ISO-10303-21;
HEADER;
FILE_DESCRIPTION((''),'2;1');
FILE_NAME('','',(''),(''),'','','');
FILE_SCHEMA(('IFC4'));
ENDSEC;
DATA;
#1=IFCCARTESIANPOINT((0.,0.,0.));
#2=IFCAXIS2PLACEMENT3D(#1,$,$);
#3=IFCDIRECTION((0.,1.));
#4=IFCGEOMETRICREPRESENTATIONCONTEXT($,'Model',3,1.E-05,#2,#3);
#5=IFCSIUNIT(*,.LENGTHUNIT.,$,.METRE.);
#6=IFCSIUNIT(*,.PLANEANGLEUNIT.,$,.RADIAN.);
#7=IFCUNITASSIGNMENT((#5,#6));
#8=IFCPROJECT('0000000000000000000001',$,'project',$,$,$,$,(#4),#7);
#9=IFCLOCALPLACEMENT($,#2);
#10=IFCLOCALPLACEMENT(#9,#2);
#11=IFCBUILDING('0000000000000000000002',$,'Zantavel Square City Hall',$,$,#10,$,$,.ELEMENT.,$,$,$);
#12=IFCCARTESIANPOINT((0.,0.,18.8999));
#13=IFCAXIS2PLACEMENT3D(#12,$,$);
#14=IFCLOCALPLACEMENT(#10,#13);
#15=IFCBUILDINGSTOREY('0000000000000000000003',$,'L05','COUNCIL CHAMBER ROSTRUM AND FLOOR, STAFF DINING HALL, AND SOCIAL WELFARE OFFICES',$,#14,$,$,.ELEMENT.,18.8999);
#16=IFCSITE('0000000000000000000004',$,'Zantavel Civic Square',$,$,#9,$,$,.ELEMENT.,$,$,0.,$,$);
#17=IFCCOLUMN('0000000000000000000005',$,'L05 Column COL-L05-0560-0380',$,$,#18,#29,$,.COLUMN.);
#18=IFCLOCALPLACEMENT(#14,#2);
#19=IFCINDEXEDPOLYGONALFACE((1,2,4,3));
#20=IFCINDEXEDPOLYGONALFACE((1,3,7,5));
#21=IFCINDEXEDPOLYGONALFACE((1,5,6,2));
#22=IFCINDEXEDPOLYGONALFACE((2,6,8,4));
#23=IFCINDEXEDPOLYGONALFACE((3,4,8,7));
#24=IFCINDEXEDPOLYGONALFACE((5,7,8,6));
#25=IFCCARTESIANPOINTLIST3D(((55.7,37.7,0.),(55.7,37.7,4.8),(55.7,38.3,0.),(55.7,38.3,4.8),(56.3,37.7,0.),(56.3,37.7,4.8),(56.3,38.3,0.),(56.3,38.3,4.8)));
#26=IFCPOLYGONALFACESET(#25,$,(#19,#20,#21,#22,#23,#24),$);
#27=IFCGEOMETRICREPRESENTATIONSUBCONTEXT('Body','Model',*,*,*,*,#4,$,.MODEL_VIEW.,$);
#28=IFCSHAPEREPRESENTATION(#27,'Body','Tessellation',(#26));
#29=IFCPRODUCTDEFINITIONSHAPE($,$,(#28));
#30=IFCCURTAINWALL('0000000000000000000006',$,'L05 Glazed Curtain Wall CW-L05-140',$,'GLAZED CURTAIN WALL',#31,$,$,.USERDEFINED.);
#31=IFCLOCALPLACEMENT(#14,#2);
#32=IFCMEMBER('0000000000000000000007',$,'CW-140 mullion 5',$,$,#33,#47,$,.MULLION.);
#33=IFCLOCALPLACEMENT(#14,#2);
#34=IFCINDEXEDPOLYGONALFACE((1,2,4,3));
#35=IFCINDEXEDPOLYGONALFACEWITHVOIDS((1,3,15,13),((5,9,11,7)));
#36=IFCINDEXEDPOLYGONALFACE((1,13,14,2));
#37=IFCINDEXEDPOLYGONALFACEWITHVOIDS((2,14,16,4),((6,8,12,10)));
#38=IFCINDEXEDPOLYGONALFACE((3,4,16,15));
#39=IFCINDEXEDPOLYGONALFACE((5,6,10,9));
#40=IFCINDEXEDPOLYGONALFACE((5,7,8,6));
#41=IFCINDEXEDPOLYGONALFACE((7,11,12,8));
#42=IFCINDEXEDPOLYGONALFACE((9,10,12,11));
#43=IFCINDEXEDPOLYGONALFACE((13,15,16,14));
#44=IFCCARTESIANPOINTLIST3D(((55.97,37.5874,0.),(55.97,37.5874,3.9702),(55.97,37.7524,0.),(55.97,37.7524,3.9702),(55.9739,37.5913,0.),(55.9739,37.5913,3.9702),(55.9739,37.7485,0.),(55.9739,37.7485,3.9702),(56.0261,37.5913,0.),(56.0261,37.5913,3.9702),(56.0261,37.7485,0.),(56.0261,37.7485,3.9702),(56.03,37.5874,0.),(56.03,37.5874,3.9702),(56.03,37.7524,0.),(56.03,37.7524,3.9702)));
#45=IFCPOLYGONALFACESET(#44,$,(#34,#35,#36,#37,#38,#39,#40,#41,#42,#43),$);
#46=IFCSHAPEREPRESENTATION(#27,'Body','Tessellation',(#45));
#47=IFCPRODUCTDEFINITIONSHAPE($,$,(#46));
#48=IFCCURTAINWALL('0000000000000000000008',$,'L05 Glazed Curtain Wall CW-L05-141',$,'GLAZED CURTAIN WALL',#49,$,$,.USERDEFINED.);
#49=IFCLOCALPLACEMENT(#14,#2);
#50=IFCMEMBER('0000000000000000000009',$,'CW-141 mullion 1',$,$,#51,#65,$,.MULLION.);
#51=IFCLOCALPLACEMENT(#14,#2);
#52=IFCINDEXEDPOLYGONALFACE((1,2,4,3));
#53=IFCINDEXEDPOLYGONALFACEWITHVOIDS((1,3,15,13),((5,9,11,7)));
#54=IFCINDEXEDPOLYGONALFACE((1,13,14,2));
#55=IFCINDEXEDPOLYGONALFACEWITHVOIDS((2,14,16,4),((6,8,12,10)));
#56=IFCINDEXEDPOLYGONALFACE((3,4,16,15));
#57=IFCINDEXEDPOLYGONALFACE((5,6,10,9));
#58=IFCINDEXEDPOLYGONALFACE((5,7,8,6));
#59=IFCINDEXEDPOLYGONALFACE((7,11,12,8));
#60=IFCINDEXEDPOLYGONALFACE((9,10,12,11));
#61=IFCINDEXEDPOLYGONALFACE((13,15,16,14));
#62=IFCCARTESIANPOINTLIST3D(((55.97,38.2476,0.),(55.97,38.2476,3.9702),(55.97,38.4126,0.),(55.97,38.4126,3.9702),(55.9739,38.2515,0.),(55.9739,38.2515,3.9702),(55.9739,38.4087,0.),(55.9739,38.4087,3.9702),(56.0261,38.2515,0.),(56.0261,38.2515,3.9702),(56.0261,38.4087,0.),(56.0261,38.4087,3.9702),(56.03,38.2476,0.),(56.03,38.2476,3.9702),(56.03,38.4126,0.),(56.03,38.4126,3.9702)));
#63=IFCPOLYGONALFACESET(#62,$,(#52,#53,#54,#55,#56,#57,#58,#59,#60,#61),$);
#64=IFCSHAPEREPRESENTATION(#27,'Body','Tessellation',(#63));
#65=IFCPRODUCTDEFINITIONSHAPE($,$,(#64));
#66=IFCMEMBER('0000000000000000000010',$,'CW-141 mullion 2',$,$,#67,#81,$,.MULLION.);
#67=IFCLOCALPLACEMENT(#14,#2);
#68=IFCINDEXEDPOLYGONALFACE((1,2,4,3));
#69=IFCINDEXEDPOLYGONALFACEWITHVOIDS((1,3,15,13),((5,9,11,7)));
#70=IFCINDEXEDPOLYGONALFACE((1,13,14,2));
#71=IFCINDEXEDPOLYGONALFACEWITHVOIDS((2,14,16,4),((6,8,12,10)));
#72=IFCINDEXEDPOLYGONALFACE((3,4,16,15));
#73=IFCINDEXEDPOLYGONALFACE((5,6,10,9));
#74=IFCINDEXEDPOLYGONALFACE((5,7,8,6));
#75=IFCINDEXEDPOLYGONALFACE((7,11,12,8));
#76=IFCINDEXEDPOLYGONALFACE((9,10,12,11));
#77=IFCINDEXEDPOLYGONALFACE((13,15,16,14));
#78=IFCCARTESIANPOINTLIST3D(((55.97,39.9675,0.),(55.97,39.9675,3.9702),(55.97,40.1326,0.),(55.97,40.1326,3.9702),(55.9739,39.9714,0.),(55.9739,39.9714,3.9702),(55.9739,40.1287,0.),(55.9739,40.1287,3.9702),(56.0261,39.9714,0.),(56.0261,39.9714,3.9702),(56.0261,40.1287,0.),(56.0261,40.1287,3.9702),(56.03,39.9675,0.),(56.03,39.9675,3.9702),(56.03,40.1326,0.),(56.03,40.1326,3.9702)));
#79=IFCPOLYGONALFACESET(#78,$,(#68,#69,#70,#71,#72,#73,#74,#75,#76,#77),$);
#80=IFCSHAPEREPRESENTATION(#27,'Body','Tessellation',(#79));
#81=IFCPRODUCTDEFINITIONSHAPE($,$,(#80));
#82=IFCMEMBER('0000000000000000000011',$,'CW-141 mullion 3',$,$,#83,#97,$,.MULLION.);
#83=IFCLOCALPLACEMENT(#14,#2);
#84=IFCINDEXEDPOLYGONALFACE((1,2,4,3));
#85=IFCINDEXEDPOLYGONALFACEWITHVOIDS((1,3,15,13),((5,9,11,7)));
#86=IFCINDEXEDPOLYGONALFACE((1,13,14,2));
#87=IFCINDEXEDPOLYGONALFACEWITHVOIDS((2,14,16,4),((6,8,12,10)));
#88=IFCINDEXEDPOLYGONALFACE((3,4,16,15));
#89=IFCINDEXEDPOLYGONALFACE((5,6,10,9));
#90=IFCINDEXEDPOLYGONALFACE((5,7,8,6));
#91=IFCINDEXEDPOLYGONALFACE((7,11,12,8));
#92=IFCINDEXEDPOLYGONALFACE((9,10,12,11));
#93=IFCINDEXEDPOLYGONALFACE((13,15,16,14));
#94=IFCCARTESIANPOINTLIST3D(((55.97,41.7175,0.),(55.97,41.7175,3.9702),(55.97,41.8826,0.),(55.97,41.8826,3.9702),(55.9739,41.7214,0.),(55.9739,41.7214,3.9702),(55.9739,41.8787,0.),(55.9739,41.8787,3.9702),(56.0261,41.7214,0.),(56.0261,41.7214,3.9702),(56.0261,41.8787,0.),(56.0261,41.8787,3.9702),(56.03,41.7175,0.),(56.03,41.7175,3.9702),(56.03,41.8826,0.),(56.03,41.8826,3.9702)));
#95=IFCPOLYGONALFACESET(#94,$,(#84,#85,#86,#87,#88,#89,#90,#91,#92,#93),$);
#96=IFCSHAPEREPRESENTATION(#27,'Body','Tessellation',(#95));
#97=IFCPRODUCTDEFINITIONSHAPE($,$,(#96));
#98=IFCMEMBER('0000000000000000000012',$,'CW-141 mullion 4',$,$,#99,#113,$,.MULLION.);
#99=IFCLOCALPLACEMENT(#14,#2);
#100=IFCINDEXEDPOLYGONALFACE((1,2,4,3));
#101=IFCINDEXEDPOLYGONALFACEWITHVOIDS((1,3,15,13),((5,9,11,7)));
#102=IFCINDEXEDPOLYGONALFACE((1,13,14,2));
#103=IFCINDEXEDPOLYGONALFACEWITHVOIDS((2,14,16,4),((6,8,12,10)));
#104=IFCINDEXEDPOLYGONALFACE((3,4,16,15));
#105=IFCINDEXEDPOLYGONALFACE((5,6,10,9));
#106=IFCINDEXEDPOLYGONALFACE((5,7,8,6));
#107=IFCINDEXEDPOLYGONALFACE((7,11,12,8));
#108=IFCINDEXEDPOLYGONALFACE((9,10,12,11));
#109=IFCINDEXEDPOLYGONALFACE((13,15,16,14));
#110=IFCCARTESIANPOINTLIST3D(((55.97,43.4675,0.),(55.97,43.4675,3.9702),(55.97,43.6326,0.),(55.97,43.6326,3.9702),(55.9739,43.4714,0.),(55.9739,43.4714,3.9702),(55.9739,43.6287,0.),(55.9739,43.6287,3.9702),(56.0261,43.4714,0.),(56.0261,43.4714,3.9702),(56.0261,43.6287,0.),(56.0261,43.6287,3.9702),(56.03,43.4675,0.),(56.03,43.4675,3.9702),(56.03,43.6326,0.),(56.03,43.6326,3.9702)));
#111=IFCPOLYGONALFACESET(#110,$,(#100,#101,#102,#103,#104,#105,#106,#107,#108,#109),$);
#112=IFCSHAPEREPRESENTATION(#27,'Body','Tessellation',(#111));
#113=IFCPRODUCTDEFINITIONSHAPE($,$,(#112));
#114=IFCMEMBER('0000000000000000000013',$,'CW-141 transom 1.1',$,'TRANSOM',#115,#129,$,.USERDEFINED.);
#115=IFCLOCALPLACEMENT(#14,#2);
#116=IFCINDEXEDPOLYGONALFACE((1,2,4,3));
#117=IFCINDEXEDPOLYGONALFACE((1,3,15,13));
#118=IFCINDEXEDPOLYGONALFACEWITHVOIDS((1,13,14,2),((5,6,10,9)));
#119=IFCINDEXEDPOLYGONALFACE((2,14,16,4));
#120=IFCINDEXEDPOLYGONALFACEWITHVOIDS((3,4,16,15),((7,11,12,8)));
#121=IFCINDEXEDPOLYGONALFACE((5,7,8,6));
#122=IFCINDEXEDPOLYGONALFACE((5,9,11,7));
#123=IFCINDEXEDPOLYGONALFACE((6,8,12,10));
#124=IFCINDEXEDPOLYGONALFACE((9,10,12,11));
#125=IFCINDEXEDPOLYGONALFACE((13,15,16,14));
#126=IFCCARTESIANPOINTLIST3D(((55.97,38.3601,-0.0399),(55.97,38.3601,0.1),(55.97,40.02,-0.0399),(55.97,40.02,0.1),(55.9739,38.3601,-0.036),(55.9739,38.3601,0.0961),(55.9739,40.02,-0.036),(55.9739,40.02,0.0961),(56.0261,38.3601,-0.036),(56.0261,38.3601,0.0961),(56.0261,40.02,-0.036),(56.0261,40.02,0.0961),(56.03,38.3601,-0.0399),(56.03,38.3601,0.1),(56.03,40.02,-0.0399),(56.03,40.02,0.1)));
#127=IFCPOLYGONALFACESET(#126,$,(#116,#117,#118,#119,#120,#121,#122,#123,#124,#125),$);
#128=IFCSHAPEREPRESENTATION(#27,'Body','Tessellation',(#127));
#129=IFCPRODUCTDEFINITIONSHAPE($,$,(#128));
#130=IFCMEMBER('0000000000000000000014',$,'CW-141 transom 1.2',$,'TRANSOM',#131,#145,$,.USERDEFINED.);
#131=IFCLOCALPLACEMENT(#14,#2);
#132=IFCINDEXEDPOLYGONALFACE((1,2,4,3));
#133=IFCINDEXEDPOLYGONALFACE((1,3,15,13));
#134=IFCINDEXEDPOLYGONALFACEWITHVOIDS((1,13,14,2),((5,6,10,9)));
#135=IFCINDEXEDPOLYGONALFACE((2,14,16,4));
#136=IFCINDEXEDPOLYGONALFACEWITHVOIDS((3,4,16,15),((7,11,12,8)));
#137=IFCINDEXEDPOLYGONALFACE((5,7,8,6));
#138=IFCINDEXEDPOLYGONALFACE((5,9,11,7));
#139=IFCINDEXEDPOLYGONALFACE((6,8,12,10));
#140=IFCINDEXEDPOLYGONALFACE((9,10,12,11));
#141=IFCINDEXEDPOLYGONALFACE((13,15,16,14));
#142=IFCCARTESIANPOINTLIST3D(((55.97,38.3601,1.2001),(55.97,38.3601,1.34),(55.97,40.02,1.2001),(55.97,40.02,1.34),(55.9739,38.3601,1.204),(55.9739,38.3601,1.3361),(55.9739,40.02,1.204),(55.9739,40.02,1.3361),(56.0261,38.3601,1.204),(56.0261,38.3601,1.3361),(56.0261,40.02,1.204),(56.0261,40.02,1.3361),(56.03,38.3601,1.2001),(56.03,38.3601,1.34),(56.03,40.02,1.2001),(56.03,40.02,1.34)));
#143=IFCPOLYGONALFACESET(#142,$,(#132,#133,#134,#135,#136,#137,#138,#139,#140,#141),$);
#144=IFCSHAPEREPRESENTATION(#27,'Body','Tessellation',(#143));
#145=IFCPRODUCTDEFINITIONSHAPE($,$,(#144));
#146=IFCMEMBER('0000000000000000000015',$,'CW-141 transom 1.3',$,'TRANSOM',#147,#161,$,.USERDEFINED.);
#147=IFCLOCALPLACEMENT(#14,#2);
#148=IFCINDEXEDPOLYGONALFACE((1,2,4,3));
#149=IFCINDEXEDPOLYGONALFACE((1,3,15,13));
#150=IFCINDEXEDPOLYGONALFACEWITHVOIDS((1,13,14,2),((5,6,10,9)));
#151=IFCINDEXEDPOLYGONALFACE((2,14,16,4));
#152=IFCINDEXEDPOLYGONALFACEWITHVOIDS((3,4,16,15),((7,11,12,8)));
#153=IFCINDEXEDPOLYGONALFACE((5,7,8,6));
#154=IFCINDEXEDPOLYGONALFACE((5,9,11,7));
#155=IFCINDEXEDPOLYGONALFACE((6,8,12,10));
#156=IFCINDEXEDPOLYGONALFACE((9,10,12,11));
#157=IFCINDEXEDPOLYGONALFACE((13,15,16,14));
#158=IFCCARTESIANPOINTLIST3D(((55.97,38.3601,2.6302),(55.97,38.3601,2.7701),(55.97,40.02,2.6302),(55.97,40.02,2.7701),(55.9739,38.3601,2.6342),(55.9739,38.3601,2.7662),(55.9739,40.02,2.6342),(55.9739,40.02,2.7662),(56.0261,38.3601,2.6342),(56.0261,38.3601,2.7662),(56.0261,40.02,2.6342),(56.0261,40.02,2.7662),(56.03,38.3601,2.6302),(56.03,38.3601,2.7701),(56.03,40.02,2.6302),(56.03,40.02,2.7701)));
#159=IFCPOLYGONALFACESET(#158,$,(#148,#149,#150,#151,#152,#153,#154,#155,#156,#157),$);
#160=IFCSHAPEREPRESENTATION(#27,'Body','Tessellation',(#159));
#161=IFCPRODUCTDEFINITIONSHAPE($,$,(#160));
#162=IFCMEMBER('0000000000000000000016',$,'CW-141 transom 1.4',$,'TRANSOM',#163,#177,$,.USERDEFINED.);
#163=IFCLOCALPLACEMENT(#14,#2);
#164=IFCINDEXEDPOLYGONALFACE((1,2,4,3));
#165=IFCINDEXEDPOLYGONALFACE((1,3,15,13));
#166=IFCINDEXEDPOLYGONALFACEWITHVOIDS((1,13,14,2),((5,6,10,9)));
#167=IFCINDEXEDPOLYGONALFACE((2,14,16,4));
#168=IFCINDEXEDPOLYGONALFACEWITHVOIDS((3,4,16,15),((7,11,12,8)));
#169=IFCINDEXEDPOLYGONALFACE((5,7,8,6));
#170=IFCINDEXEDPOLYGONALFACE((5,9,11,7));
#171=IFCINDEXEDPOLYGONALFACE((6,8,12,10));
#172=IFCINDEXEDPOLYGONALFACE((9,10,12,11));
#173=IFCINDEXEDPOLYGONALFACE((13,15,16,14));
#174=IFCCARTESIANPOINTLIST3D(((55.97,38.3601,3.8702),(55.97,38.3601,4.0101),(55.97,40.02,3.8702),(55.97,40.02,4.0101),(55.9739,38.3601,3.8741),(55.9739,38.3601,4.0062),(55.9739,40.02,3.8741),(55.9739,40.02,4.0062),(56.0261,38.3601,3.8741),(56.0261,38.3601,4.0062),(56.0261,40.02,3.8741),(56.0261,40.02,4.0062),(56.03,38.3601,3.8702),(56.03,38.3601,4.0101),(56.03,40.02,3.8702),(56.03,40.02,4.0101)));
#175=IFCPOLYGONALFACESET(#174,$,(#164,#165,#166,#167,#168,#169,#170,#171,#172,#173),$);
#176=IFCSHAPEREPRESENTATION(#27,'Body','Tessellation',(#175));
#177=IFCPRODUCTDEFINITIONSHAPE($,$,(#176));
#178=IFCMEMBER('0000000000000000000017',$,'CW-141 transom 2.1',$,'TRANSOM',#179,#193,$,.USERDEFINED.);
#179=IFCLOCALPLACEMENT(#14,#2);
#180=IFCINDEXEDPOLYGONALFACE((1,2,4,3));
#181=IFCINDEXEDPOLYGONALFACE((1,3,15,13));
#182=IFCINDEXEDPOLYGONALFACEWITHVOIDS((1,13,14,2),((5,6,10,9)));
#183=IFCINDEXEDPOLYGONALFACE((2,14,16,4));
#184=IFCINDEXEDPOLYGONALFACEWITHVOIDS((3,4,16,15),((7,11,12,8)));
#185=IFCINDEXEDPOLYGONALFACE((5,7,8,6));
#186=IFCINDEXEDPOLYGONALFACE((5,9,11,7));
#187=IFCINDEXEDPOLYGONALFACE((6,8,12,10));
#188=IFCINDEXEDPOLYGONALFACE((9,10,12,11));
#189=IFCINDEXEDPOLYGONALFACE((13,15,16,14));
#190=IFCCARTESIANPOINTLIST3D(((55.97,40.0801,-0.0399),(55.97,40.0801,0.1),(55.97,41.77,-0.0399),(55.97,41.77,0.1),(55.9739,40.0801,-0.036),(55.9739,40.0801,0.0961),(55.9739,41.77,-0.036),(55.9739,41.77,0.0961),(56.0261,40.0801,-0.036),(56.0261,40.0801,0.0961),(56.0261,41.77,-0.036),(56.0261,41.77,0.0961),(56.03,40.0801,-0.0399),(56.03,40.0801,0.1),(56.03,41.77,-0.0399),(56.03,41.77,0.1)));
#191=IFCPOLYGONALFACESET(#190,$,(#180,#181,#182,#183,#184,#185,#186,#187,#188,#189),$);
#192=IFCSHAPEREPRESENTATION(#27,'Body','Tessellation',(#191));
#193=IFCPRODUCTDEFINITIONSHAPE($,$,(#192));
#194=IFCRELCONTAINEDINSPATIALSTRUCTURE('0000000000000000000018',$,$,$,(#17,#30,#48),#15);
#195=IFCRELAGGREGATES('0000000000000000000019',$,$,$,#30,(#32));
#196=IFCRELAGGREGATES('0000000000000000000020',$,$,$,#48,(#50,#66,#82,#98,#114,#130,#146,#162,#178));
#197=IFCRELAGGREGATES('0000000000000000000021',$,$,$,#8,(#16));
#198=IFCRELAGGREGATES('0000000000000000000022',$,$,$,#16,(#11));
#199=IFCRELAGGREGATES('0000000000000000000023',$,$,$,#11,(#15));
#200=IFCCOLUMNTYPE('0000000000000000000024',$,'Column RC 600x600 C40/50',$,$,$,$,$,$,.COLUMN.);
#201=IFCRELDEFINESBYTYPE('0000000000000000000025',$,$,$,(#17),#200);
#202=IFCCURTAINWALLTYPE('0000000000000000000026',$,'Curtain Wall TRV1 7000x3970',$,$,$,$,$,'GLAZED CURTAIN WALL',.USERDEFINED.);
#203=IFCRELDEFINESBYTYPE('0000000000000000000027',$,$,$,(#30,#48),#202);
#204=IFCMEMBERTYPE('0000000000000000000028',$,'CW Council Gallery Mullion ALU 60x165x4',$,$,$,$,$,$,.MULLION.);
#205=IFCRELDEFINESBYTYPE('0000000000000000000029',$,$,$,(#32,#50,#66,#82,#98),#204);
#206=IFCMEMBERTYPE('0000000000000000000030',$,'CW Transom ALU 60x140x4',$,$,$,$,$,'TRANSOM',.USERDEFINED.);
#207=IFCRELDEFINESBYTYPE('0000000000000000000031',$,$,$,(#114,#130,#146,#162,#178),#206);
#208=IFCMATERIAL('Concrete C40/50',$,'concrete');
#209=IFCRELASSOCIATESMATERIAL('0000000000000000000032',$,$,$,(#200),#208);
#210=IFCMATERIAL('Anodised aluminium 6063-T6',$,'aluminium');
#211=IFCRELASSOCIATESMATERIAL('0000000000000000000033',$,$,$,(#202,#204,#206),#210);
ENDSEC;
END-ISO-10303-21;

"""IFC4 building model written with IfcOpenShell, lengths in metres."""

from ifc_helpers import new_model, si_unit, direction, frame, origin, origin_2d, place, context, subcontext, project, spatial, rectangle, hollow_rectangle, extrude, material, material_profile, profile_set, type_object, element, aggregate, save


model = new_model("IFC4")

# Units and contexts
model_context = context("Model", 3, precision=1e-05, world=origin(), true_north=direction((0.0, 1.0)))
body_context = subcontext(model_context, "Body", "Model", "MODEL_VIEW")
ifc_project = project(units=[si_unit("LENGTHUNIT", "METRE"), si_unit("PLANEANGLEUNIT", "RADIAN")], contexts=[model_context])

# Site, building, storey
site_placement = place(None, origin())
site = spatial("IfcSite", under=ifc_project, at=site_placement, Name="Zantavel Civic Square", CompositionType="ELEMENT", RefElevation=0.0)
building_placement = place(site_placement, origin())
building = spatial("IfcBuilding", under=site, at=building_placement, Name="Zantavel Square City Hall", CompositionType="ELEMENT")
storey_placement = place(building_placement, frame((0.0, 0.0, 18.8999)))
storey = spatial("IfcBuildingStorey", under=building, at=storey_placement, Name="L05", Description="COUNCIL CHAMBER ROSTRUM AND FLOOR, STAFF DINING HALL, AND SOCIAL WELFARE OFFICES", CompositionType="ELEMENT", Elevation=18.8999)

# Column
ifc_material_1 = material(Name="Concrete C40/50", Category="concrete")
ifc_material_profile_1 = material_profile(ifc_material_1, rectangle(XDim=0.6001, YDim=0.6001, at=origin_2d()), Name="RC 600x600")
ifc_profile_set_1 = profile_set([ifc_material_profile_1], Name="Concrete C40/50")
column_type = type_object("IfcColumnType", Name="Column RC 600x600 C40/50", PredefinedType="COLUMN", material=ifc_profile_set_1)
column_placement = place(storey_placement, frame((56.0, 38.0, 0.0), z_axis=(0.0, 0.0, 1.0), x_axis=(1.0, 0.0, 0.0)))
element("IfcColumn", 1, at=column_placement, inside=storey, type_object=column_type, Name="L05 Column COL-L05-0560-0380", PredefinedType="COLUMN", context=body_context, shape_type="SweptSolid", body=[
    extrude(rectangle(XDim=0.6001, YDim=0.6001, at=origin_2d()), origin(), (0.0, 0.0, 1.0), 4.8),
])

# Curtain wall, member
ifc_material_2 = material(Name="Anodised aluminium 6063-T6", Category="aluminium")
curtain_wall_type = type_object("IfcCurtainWallType", Name="Curtain Wall TRV1 7000x3970", ElementType="GLAZED CURTAIN WALL", PredefinedType="USERDEFINED", material=ifc_material_2)
curtain_wall_1_placement = place(storey_placement, origin())
curtain_wall_1 = element("IfcCurtainWall", 2, at=curtain_wall_1_placement, inside=storey, type_object=curtain_wall_type, Name="L05 Glazed Curtain Wall CW-L05-140", ObjectType="GLAZED CURTAIN WALL", PredefinedType="USERDEFINED")
ifc_material_profile_2 = material_profile(ifc_material_2, hollow_rectangle(XDim=0.0601, YDim=0.165, WallThickness=0.0039, at=origin_2d()), Name="ALU 60x165x4")
ifc_profile_set_2 = profile_set([ifc_material_profile_2], Name="Anodised aluminium 6063-T6")
member_type_1 = type_object("IfcMemberType", Name="CW Council Gallery Mullion ALU 60x165x4", PredefinedType="MULLION", material=ifc_profile_set_2)
member_1_placement = place(storey_placement, frame((56.0, 37.6699, 0.0), z_axis=(0.0, 0.0, 1.0), x_axis=(-1.0, 0.0, 0.0)))
member_1 = element("IfcMember", 3, at=member_1_placement, type_object=member_type_1, Name="CW-140 mullion 5", PredefinedType="MULLION", context=body_context, shape_type="SweptSolid", body=[
    extrude(hollow_rectangle(XDim=0.0601, YDim=0.165, WallThickness=0.0039, at=origin_2d()), origin(), (0.0, 0.0, 1.0), 3.9702),
])

# Curtain wall, members
curtain_wall_2_placement = place(storey_placement, origin())
curtain_wall_2 = element("IfcCurtainWall", 4, at=curtain_wall_2_placement, inside=storey, type_object=curtain_wall_type, Name="L05 Glazed Curtain Wall CW-L05-141", ObjectType="GLAZED CURTAIN WALL", PredefinedType="USERDEFINED")
member_2_placement = place(storey_placement, frame((56.0, 38.3301, 0.0), z_axis=(0.0, 0.0, 1.0), x_axis=(-1.0, 0.0, 0.0)))
member_2 = element("IfcMember", 5, at=member_2_placement, type_object=member_type_1, Name="CW-141 mullion 1", PredefinedType="MULLION", context=body_context, shape_type="SweptSolid", body=[
    extrude(hollow_rectangle(XDim=0.0601, YDim=0.165, WallThickness=0.0039, at=origin_2d()), origin(), (0.0, 0.0, 1.0), 3.9702),
])
member_3_placement = place(storey_placement, frame((56.0, 40.05, 0.0), z_axis=(0.0, 0.0, 1.0), x_axis=(-1.0, 0.0, 0.0)))
member_3 = element("IfcMember", 6, at=member_3_placement, type_object=member_type_1, Name="CW-141 mullion 2", PredefinedType="MULLION", context=body_context, shape_type="SweptSolid", body=[
    extrude(hollow_rectangle(XDim=0.0601, YDim=0.165, WallThickness=0.0039, at=origin_2d()), origin(), (0.0, 0.0, 1.0), 3.9702),
])
member_4_placement = place(storey_placement, frame((56.0, 41.8, 0.0), z_axis=(0.0, 0.0, 1.0), x_axis=(-1.0, 0.0, 0.0)))
member_4 = element("IfcMember", 7, at=member_4_placement, type_object=member_type_1, Name="CW-141 mullion 3", PredefinedType="MULLION", context=body_context, shape_type="SweptSolid", body=[
    extrude(hollow_rectangle(XDim=0.0601, YDim=0.165, WallThickness=0.0039, at=origin_2d()), origin(), (0.0, 0.0, 1.0), 3.9702),
])
member_5_placement = place(storey_placement, frame((56.0, 43.55, 0.0), z_axis=(0.0, 0.0, 1.0), x_axis=(-1.0, 0.0, 0.0)))
member_5 = element("IfcMember", 8, at=member_5_placement, type_object=member_type_1, Name="CW-141 mullion 4", PredefinedType="MULLION", context=body_context, shape_type="SweptSolid", body=[
    extrude(hollow_rectangle(XDim=0.0601, YDim=0.165, WallThickness=0.0039, at=origin_2d()), origin(), (0.0, 0.0, 1.0), 3.9702),
])
ifc_material_profile_3 = material_profile(ifc_material_2, hollow_rectangle(XDim=0.0601, YDim=0.1399, WallThickness=0.0039, at=origin_2d()), Name="ALU 60x140x4")
ifc_profile_set_3 = profile_set([ifc_material_profile_3], Name="Anodised aluminium 6063-T6")
member_type_2 = type_object("IfcMemberType", Name="CW Transom ALU 60x140x4", ElementType="TRANSOM", PredefinedType="USERDEFINED", material=ifc_profile_set_3)
member_6_placement = place(storey_placement, frame((56.0, 38.3601, 0.03), z_axis=(0.0, 1.0, 0.0), x_axis=(-1.0, 0.0, 0.0)))
member_6 = element("IfcMember", 9, at=member_6_placement, type_object=member_type_2, Name="CW-141 transom 1.1", ObjectType="TRANSOM", PredefinedType="USERDEFINED", context=body_context, shape_type="SweptSolid", body=[
    extrude(hollow_rectangle(XDim=0.0601, YDim=0.1399, WallThickness=0.0039, at=origin_2d()), origin(), (0.0, 0.0, 1.0), 1.6599),
])
member_7_placement = place(storey_placement, frame((56.0, 38.3601, 1.27), z_axis=(0.0, 1.0, 0.0), x_axis=(-1.0, 0.0, 0.0)))
member_7 = element("IfcMember", 10, at=member_7_placement, type_object=member_type_2, Name="CW-141 transom 1.2", ObjectType="TRANSOM", PredefinedType="USERDEFINED", context=body_context, shape_type="SweptSolid", body=[
    extrude(hollow_rectangle(XDim=0.0601, YDim=0.1399, WallThickness=0.0039, at=origin_2d()), origin(), (0.0, 0.0, 1.0), 1.6599),
])
member_8_placement = place(storey_placement, frame((56.0, 38.3601, 2.7002), z_axis=(0.0, 1.0, 0.0), x_axis=(-1.0, 0.0, 0.0)))
member_8 = element("IfcMember", 11, at=member_8_placement, type_object=member_type_2, Name="CW-141 transom 1.3", ObjectType="TRANSOM", PredefinedType="USERDEFINED", context=body_context, shape_type="SweptSolid", body=[
    extrude(hollow_rectangle(XDim=0.0601, YDim=0.1399, WallThickness=0.0039, at=origin_2d()), origin(), (0.0, 0.0, 1.0), 1.6599),
])
member_9_placement = place(storey_placement, frame((56.0, 38.3601, 3.9402), z_axis=(0.0, 1.0, 0.0), x_axis=(-1.0, 0.0, 0.0)))
member_9 = element("IfcMember", 12, at=member_9_placement, type_object=member_type_2, Name="CW-141 transom 1.4", ObjectType="TRANSOM", PredefinedType="USERDEFINED", context=body_context, shape_type="SweptSolid", body=[
    extrude(hollow_rectangle(XDim=0.0601, YDim=0.1399, WallThickness=0.0039, at=origin_2d()), origin(), (0.0, 0.0, 1.0), 1.6599),
])
member_10_placement = place(storey_placement, frame((56.0, 40.0801, 0.03), z_axis=(0.0, 1.0, 0.0), x_axis=(-1.0, 0.0, 0.0)))
member_10 = element("IfcMember", 13, at=member_10_placement, type_object=member_type_2, Name="CW-141 transom 2.1", ObjectType="TRANSOM", PredefinedType="USERDEFINED", context=body_context, shape_type="SweptSolid", body=[
    extrude(hollow_rectangle(XDim=0.0601, YDim=0.1399, WallThickness=0.0039, at=origin_2d()), origin(), (0.0, 0.0, 1.0), 1.6899),
])

aggregate(curtain_wall_1, [member_1])
aggregate(curtain_wall_2, [member_2, member_3, member_4, member_5, member_6, member_7, member_8, member_9, member_10])

save(model, "model.ifc")
